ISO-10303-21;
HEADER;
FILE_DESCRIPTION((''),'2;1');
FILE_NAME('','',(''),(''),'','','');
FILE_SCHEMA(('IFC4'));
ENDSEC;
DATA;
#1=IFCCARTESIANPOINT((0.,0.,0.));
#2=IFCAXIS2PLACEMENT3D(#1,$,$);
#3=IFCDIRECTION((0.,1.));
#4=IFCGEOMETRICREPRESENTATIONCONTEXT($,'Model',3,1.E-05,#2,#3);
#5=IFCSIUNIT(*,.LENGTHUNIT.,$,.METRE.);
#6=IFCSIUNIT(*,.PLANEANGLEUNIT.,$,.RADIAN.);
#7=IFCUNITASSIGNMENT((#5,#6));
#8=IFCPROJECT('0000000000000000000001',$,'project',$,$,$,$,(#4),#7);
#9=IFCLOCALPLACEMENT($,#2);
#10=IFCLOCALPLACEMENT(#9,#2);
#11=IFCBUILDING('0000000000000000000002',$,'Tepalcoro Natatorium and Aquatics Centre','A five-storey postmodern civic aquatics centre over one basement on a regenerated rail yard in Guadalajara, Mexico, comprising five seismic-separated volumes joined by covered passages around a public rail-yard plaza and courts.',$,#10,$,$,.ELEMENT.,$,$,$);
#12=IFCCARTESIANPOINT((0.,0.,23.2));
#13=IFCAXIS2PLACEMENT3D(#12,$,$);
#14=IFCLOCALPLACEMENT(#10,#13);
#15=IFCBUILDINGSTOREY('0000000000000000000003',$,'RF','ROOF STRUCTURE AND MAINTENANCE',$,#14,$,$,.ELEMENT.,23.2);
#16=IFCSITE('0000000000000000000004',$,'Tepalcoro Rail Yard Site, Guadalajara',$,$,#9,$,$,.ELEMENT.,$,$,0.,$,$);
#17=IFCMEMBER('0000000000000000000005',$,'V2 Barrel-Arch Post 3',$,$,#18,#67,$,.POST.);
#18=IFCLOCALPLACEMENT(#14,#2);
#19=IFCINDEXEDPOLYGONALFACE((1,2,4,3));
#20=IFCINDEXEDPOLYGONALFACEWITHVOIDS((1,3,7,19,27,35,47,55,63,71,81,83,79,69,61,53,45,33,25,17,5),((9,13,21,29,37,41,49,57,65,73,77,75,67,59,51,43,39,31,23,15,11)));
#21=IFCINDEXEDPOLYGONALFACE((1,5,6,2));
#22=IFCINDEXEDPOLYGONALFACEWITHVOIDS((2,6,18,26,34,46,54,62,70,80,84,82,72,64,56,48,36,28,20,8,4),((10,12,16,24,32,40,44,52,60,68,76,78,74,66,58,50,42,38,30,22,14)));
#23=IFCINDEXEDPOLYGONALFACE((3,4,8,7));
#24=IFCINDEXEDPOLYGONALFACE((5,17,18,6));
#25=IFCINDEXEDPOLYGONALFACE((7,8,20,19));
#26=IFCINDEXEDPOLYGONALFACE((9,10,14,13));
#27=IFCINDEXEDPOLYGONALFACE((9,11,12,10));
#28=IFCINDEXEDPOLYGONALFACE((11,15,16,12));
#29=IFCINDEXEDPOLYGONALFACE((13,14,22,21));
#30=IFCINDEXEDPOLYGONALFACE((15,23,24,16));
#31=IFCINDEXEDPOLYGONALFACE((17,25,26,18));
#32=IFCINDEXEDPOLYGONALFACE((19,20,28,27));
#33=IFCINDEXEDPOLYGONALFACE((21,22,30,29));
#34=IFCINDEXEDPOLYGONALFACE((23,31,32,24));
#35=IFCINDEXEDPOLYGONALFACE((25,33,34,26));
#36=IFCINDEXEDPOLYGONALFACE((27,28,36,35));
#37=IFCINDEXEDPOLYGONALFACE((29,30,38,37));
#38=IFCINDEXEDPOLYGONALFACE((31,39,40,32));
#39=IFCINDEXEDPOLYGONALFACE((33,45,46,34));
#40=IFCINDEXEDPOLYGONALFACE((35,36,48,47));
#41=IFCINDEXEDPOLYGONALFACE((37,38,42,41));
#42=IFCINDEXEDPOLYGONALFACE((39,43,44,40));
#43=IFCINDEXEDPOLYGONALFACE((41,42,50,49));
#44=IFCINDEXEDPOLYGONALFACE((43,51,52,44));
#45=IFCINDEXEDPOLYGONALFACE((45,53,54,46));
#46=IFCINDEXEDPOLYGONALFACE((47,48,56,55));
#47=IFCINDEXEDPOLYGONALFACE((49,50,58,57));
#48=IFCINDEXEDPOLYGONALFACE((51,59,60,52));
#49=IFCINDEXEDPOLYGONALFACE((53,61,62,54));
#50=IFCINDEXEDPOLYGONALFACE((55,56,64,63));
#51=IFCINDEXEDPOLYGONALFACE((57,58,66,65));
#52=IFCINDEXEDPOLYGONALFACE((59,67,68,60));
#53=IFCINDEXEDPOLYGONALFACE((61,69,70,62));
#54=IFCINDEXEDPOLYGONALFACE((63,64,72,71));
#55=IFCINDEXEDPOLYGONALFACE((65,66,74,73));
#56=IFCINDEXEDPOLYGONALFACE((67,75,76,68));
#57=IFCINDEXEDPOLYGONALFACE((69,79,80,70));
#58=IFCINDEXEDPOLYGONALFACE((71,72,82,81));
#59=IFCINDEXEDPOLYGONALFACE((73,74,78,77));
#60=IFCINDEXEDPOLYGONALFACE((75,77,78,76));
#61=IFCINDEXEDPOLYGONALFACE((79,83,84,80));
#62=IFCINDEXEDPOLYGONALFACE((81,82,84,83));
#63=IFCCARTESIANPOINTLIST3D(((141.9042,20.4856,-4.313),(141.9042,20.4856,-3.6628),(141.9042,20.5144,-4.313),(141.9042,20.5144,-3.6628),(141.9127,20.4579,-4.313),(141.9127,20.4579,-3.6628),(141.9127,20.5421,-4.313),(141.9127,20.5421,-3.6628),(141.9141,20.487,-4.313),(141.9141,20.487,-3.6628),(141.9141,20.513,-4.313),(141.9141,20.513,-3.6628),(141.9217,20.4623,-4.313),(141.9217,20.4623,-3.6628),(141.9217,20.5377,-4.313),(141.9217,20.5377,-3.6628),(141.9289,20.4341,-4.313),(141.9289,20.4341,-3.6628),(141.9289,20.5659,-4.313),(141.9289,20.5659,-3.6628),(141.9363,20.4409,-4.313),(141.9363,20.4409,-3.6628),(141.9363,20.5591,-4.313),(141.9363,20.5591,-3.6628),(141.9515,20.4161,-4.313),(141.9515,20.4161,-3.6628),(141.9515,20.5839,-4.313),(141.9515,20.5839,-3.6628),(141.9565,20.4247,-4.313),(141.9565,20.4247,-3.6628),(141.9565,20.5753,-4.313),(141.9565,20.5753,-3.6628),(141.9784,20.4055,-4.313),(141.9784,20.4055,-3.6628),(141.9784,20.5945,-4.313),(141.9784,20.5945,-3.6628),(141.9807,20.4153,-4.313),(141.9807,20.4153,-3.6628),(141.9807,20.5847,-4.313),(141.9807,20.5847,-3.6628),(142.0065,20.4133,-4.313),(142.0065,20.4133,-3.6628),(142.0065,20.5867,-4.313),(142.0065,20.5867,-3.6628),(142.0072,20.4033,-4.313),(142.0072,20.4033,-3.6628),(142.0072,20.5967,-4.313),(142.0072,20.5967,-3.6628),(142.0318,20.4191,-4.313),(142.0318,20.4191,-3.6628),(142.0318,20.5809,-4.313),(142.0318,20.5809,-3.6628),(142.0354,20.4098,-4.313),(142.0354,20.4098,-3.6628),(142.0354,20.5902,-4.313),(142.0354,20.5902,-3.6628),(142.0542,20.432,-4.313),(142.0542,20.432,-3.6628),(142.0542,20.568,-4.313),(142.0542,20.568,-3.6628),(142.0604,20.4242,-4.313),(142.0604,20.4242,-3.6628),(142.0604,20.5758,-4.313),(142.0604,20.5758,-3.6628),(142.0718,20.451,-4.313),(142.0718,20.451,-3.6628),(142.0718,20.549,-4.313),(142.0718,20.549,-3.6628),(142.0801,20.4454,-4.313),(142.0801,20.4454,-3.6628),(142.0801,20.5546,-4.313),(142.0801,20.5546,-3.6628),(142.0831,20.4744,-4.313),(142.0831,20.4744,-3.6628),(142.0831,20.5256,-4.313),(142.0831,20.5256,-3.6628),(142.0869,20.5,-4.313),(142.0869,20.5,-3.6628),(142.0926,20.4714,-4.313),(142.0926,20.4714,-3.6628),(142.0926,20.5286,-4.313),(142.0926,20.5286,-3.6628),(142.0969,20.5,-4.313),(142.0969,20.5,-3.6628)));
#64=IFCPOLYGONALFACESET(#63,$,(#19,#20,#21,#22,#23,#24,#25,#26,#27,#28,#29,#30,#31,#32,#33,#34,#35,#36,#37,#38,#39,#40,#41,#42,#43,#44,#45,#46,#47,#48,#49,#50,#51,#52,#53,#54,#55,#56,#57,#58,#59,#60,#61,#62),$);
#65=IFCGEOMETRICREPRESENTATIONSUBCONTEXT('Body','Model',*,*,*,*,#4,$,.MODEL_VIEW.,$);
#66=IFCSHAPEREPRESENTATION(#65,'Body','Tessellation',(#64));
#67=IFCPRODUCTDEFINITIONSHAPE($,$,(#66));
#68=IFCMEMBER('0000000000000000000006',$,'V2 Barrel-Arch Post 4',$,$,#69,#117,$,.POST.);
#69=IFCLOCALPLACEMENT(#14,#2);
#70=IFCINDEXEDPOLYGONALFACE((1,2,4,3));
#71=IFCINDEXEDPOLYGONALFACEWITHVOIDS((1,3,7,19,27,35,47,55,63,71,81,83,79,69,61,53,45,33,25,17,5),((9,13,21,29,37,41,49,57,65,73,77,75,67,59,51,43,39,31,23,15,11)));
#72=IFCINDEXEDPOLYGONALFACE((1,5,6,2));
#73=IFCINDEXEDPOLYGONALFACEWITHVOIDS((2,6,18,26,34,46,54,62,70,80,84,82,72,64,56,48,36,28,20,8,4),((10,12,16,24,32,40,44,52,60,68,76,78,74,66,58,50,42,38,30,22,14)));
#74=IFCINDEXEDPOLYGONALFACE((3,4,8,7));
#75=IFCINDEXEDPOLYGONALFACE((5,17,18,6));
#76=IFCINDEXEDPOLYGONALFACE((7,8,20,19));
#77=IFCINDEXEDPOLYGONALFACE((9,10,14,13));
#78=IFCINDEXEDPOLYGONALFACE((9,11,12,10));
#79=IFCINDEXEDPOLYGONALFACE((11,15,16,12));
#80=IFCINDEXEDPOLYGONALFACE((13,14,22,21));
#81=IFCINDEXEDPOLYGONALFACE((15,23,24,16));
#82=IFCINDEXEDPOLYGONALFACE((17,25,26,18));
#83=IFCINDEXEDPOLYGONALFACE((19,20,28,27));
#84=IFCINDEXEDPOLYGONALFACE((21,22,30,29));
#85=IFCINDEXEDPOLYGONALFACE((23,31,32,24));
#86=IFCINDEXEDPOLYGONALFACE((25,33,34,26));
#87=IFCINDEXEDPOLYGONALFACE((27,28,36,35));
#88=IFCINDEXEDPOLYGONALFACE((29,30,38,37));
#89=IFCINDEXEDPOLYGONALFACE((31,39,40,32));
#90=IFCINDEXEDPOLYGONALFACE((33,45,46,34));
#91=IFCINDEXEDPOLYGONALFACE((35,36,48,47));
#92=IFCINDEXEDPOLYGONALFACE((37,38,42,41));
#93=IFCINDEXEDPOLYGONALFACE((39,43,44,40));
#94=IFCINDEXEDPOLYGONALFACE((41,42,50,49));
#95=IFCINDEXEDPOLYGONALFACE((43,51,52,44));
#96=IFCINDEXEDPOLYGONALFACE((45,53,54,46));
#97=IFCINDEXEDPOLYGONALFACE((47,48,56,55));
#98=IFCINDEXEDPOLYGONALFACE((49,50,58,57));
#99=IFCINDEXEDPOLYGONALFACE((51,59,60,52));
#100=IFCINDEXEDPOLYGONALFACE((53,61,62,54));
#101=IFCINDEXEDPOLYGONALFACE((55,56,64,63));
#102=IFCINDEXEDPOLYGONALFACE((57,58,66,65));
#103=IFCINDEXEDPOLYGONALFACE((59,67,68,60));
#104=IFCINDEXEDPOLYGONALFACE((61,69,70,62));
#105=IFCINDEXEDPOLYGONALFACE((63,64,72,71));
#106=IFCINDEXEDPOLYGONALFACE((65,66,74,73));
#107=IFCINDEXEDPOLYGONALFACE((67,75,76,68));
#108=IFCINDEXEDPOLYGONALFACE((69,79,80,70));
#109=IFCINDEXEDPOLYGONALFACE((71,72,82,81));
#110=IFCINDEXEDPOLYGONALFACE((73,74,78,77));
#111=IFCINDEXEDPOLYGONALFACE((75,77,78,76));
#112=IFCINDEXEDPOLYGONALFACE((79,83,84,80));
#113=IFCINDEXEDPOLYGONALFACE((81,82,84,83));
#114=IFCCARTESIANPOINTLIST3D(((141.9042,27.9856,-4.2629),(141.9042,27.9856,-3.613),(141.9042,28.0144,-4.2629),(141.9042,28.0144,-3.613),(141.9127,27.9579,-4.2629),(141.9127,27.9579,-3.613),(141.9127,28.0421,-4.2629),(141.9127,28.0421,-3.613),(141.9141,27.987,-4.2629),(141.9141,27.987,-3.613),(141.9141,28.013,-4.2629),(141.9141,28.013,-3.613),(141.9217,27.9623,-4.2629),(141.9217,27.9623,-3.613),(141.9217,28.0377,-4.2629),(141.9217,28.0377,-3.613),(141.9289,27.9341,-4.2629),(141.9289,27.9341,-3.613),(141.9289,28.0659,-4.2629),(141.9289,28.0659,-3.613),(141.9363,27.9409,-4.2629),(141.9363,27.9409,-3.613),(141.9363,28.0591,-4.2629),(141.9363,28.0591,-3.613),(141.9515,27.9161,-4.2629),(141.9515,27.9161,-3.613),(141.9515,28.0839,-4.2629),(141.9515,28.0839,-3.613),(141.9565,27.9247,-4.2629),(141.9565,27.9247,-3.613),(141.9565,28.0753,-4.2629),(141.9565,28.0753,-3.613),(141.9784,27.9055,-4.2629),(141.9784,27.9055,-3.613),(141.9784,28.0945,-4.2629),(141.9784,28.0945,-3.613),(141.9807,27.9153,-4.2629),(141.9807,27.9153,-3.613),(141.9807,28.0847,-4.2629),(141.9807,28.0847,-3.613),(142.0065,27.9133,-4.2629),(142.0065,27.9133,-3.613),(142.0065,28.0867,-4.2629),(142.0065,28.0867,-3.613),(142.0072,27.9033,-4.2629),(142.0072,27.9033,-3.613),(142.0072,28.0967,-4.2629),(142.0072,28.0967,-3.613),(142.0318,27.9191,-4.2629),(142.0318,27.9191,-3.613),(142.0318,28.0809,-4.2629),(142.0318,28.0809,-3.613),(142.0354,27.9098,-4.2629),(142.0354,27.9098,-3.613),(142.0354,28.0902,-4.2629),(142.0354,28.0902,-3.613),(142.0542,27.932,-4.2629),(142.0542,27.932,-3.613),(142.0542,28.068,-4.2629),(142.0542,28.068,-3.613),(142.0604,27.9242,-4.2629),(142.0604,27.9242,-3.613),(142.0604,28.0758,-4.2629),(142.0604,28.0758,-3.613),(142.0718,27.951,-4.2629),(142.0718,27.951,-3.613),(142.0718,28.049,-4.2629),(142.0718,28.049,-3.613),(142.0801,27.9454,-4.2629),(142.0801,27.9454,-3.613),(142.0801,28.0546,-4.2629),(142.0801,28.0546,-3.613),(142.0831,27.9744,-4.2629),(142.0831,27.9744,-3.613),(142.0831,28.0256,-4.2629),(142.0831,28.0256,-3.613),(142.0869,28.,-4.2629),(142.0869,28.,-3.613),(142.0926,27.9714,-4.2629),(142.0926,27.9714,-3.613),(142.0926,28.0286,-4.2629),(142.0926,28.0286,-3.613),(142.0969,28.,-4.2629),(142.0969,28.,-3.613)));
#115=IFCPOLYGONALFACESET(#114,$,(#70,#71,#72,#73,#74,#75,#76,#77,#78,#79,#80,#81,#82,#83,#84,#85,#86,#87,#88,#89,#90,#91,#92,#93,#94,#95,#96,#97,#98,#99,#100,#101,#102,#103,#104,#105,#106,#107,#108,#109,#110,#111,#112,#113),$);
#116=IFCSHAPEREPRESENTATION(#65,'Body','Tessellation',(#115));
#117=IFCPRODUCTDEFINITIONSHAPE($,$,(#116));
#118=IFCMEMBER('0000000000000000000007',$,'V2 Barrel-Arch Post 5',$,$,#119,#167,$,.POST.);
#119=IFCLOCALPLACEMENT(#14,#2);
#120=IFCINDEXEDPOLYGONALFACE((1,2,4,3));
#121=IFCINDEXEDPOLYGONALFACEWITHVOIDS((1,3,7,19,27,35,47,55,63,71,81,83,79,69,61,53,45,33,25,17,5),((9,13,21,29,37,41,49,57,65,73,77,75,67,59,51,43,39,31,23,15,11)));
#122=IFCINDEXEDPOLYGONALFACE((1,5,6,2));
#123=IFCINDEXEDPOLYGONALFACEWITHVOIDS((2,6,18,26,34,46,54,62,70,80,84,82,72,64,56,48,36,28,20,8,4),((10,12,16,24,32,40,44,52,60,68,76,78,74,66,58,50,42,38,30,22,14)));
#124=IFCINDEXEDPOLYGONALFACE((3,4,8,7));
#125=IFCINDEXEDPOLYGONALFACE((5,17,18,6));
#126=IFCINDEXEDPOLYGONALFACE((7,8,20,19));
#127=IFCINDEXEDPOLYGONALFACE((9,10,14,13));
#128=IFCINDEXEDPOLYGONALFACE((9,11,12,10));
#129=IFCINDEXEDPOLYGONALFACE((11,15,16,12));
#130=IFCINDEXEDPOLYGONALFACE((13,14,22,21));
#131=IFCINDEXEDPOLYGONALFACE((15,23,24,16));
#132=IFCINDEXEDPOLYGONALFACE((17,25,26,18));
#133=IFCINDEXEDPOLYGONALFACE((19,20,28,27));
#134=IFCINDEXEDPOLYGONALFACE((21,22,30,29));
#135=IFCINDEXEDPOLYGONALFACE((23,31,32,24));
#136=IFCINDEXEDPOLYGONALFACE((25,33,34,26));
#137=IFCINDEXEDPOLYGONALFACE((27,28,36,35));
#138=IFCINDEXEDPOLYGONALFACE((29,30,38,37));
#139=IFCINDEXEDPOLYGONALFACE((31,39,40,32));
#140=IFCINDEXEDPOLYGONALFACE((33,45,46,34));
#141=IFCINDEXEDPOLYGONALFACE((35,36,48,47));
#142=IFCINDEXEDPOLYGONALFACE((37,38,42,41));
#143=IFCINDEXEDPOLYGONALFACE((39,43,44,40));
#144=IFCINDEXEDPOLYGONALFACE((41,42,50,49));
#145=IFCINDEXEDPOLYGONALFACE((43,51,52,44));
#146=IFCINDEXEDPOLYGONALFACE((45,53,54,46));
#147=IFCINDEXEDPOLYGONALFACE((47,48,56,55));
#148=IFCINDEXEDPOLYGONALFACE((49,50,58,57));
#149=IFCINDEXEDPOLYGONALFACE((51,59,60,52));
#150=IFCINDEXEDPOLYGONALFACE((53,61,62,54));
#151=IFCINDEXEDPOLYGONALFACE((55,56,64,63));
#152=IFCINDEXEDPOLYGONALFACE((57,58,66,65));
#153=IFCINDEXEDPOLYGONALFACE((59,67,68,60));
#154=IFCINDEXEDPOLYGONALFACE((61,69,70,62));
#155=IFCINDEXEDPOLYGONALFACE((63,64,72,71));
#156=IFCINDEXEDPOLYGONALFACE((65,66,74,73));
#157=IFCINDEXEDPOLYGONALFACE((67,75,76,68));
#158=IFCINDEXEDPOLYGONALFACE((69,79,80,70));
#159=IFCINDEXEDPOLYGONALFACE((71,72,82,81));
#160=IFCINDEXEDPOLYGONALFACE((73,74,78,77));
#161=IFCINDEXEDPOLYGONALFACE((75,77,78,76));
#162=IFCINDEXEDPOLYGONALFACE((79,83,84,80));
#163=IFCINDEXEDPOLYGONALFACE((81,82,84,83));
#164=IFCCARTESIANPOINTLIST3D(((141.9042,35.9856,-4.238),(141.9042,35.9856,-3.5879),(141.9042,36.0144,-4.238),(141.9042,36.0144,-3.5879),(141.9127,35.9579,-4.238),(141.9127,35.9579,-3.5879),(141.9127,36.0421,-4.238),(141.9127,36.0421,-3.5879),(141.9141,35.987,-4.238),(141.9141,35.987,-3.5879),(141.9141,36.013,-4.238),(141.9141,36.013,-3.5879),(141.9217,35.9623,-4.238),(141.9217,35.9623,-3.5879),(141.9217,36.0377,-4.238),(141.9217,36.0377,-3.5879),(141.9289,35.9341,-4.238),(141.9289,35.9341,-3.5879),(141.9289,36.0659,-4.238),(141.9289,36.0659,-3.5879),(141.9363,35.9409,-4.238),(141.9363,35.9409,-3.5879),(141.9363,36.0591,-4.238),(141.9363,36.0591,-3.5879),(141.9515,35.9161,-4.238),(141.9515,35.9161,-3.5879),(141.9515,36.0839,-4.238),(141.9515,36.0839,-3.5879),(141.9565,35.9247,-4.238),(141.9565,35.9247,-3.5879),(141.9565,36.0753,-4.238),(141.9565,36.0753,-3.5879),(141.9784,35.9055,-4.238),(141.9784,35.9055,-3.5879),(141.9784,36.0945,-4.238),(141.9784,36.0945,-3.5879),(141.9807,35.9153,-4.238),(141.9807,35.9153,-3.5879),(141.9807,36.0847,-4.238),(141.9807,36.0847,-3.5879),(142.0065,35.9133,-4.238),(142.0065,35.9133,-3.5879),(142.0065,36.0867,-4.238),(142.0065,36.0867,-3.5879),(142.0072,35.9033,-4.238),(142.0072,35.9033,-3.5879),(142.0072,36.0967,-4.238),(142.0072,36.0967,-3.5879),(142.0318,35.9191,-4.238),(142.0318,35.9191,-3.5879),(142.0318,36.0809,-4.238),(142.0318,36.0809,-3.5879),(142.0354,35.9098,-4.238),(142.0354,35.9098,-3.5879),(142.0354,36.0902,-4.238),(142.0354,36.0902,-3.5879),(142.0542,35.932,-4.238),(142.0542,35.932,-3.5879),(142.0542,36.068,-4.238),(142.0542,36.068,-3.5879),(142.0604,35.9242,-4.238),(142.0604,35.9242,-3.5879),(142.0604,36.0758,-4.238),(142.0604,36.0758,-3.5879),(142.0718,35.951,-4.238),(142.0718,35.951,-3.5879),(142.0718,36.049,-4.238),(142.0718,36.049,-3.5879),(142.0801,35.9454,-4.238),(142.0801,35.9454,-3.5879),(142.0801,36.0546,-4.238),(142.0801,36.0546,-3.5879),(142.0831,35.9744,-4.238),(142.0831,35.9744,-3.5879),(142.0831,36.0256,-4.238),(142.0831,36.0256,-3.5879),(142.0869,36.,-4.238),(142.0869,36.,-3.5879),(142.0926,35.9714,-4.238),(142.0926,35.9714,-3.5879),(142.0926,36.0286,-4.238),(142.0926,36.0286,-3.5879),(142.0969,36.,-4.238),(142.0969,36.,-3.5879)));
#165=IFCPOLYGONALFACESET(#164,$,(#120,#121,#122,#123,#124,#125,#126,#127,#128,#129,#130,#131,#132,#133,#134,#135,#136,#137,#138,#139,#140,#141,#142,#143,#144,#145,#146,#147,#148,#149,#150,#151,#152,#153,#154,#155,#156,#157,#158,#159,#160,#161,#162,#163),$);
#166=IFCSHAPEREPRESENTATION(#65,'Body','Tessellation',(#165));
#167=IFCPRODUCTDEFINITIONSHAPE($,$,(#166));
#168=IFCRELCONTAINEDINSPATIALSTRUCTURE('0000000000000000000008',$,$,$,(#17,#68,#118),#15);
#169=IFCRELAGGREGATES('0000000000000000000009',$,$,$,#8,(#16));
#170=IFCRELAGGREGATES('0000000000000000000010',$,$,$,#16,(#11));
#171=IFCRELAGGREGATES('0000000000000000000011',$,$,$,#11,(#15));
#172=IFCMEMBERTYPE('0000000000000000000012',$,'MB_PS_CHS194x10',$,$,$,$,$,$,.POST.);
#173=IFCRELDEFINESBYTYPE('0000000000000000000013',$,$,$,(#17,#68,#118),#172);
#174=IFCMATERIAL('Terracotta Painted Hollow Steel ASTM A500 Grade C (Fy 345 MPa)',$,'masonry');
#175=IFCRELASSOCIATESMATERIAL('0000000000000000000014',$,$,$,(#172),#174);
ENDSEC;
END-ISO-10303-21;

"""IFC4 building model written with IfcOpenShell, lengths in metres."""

from ifc_helpers import new_model, si_unit, direction, frame, origin, origin_2d, place, context, subcontext, project, spatial, hollow_circle, extrude, material, material_profile, profile_set, type_object, element, save


model = new_model("IFC4")

# Units and contexts
model_context = context("Model", 3, precision=1e-05, world=origin(), true_north=direction((0.0, 1.0)))
body_context = subcontext(model_context, "Body", "Model", "MODEL_VIEW")
ifc_project = project(units=[si_unit("LENGTHUNIT", "METRE"), si_unit("PLANEANGLEUNIT", "RADIAN")], contexts=[model_context])

# Site, building, storey
site_placement = place(None, origin())
site = spatial("IfcSite", under=ifc_project, at=site_placement, Name="Tepalcoro Rail Yard Site, Guadalajara", CompositionType="ELEMENT", RefElevation=0.0)
building_placement = place(site_placement, origin())
building = spatial("IfcBuilding", under=site, at=building_placement, Name="Tepalcoro Natatorium and Aquatics Centre", Description="A five-storey postmodern civic aquatics centre over one basement on a regenerated rail yard in Guadalajara, Mexico, comprising five seismic-separated volumes joined by covered passages around a public rail-yard plaza and courts.", CompositionType="ELEMENT")
storey_placement = place(building_placement, frame((0.0, 0.0, 23.2)))
storey = spatial("IfcBuildingStorey", under=building, at=storey_placement, Name="RF", Description="ROOF STRUCTURE AND MAINTENANCE", CompositionType="ELEMENT", Elevation=23.2)

# Shared definitions
ifc_material_1 = material(Name="Terracotta Painted Hollow Steel ASTM A500 Grade C (Fy 345 MPa)", Category="masonry")

# Members
ifc_material_profile_1 = material_profile(ifc_material_1, hollow_circle(Radius=0.0969, WallThickness=0.01, at=origin_2d()), Name="CHS194X10")
ifc_profile_set_1 = profile_set([ifc_material_profile_1], Name="Terracotta Painted Hollow Steel ASTM A500 Grade C (Fy 345 MPa)")
member_type_1 = type_object("IfcMemberType", Name="MB_PS_CHS194x10", PredefinedType="POST", material=ifc_profile_set_1)
member_1_placement = place(storey_placement, frame((142.0, 20.5, -4.313), z_axis=(0.0, 0.0, 1.0), x_axis=(1.0, 0.0, 0.0)))
element("IfcMember", 1, at=member_1_placement, inside=storey, type_object=member_type_1, Name="V2 Barrel-Arch Post 3", PredefinedType="POST", context=body_context, shape_type="SweptSolid", body=[
    extrude(hollow_circle(Radius=0.0969, WallThickness=0.01, at=origin_2d()), origin(), (0.0, 0.0, 1.0), 0.6501),
])
member_2_placement = place(storey_placement, frame((142.0, 28.0, -4.2629), z_axis=(0.0, 0.0, 1.0), x_axis=(1.0, 0.0, 0.0)))
element("IfcMember", 2, at=member_2_placement, inside=storey, type_object=member_type_1, Name="V2 Barrel-Arch Post 4", PredefinedType="POST", context=body_context, shape_type="SweptSolid", body=[
    extrude(hollow_circle(Radius=0.0969, WallThickness=0.01, at=origin_2d()), origin(), (0.0, 0.0, 1.0), 0.6499),
])
for number, where, z_axis, x_axis, name in (
    (3, (142.0, 36.0, -4.238), (0.0, 0.0, 1.0), (1.0, 0.0, 0.0), "V2 Barrel-Arch Post 5"),
):
    element("IfcMember", number, at=place(storey_placement, frame(where, z_axis=z_axis, x_axis=x_axis)), inside=storey, type_object=member_type_1, Name=name, PredefinedType="POST", context=body_context, shape_type="SweptSolid", body=[
        extrude(hollow_circle(Radius=0.0969, WallThickness=0.01, at=origin_2d()), origin(), (0.0, 0.0, 1.0), 0.6501),
    ])

save(model, "model.ifc")
